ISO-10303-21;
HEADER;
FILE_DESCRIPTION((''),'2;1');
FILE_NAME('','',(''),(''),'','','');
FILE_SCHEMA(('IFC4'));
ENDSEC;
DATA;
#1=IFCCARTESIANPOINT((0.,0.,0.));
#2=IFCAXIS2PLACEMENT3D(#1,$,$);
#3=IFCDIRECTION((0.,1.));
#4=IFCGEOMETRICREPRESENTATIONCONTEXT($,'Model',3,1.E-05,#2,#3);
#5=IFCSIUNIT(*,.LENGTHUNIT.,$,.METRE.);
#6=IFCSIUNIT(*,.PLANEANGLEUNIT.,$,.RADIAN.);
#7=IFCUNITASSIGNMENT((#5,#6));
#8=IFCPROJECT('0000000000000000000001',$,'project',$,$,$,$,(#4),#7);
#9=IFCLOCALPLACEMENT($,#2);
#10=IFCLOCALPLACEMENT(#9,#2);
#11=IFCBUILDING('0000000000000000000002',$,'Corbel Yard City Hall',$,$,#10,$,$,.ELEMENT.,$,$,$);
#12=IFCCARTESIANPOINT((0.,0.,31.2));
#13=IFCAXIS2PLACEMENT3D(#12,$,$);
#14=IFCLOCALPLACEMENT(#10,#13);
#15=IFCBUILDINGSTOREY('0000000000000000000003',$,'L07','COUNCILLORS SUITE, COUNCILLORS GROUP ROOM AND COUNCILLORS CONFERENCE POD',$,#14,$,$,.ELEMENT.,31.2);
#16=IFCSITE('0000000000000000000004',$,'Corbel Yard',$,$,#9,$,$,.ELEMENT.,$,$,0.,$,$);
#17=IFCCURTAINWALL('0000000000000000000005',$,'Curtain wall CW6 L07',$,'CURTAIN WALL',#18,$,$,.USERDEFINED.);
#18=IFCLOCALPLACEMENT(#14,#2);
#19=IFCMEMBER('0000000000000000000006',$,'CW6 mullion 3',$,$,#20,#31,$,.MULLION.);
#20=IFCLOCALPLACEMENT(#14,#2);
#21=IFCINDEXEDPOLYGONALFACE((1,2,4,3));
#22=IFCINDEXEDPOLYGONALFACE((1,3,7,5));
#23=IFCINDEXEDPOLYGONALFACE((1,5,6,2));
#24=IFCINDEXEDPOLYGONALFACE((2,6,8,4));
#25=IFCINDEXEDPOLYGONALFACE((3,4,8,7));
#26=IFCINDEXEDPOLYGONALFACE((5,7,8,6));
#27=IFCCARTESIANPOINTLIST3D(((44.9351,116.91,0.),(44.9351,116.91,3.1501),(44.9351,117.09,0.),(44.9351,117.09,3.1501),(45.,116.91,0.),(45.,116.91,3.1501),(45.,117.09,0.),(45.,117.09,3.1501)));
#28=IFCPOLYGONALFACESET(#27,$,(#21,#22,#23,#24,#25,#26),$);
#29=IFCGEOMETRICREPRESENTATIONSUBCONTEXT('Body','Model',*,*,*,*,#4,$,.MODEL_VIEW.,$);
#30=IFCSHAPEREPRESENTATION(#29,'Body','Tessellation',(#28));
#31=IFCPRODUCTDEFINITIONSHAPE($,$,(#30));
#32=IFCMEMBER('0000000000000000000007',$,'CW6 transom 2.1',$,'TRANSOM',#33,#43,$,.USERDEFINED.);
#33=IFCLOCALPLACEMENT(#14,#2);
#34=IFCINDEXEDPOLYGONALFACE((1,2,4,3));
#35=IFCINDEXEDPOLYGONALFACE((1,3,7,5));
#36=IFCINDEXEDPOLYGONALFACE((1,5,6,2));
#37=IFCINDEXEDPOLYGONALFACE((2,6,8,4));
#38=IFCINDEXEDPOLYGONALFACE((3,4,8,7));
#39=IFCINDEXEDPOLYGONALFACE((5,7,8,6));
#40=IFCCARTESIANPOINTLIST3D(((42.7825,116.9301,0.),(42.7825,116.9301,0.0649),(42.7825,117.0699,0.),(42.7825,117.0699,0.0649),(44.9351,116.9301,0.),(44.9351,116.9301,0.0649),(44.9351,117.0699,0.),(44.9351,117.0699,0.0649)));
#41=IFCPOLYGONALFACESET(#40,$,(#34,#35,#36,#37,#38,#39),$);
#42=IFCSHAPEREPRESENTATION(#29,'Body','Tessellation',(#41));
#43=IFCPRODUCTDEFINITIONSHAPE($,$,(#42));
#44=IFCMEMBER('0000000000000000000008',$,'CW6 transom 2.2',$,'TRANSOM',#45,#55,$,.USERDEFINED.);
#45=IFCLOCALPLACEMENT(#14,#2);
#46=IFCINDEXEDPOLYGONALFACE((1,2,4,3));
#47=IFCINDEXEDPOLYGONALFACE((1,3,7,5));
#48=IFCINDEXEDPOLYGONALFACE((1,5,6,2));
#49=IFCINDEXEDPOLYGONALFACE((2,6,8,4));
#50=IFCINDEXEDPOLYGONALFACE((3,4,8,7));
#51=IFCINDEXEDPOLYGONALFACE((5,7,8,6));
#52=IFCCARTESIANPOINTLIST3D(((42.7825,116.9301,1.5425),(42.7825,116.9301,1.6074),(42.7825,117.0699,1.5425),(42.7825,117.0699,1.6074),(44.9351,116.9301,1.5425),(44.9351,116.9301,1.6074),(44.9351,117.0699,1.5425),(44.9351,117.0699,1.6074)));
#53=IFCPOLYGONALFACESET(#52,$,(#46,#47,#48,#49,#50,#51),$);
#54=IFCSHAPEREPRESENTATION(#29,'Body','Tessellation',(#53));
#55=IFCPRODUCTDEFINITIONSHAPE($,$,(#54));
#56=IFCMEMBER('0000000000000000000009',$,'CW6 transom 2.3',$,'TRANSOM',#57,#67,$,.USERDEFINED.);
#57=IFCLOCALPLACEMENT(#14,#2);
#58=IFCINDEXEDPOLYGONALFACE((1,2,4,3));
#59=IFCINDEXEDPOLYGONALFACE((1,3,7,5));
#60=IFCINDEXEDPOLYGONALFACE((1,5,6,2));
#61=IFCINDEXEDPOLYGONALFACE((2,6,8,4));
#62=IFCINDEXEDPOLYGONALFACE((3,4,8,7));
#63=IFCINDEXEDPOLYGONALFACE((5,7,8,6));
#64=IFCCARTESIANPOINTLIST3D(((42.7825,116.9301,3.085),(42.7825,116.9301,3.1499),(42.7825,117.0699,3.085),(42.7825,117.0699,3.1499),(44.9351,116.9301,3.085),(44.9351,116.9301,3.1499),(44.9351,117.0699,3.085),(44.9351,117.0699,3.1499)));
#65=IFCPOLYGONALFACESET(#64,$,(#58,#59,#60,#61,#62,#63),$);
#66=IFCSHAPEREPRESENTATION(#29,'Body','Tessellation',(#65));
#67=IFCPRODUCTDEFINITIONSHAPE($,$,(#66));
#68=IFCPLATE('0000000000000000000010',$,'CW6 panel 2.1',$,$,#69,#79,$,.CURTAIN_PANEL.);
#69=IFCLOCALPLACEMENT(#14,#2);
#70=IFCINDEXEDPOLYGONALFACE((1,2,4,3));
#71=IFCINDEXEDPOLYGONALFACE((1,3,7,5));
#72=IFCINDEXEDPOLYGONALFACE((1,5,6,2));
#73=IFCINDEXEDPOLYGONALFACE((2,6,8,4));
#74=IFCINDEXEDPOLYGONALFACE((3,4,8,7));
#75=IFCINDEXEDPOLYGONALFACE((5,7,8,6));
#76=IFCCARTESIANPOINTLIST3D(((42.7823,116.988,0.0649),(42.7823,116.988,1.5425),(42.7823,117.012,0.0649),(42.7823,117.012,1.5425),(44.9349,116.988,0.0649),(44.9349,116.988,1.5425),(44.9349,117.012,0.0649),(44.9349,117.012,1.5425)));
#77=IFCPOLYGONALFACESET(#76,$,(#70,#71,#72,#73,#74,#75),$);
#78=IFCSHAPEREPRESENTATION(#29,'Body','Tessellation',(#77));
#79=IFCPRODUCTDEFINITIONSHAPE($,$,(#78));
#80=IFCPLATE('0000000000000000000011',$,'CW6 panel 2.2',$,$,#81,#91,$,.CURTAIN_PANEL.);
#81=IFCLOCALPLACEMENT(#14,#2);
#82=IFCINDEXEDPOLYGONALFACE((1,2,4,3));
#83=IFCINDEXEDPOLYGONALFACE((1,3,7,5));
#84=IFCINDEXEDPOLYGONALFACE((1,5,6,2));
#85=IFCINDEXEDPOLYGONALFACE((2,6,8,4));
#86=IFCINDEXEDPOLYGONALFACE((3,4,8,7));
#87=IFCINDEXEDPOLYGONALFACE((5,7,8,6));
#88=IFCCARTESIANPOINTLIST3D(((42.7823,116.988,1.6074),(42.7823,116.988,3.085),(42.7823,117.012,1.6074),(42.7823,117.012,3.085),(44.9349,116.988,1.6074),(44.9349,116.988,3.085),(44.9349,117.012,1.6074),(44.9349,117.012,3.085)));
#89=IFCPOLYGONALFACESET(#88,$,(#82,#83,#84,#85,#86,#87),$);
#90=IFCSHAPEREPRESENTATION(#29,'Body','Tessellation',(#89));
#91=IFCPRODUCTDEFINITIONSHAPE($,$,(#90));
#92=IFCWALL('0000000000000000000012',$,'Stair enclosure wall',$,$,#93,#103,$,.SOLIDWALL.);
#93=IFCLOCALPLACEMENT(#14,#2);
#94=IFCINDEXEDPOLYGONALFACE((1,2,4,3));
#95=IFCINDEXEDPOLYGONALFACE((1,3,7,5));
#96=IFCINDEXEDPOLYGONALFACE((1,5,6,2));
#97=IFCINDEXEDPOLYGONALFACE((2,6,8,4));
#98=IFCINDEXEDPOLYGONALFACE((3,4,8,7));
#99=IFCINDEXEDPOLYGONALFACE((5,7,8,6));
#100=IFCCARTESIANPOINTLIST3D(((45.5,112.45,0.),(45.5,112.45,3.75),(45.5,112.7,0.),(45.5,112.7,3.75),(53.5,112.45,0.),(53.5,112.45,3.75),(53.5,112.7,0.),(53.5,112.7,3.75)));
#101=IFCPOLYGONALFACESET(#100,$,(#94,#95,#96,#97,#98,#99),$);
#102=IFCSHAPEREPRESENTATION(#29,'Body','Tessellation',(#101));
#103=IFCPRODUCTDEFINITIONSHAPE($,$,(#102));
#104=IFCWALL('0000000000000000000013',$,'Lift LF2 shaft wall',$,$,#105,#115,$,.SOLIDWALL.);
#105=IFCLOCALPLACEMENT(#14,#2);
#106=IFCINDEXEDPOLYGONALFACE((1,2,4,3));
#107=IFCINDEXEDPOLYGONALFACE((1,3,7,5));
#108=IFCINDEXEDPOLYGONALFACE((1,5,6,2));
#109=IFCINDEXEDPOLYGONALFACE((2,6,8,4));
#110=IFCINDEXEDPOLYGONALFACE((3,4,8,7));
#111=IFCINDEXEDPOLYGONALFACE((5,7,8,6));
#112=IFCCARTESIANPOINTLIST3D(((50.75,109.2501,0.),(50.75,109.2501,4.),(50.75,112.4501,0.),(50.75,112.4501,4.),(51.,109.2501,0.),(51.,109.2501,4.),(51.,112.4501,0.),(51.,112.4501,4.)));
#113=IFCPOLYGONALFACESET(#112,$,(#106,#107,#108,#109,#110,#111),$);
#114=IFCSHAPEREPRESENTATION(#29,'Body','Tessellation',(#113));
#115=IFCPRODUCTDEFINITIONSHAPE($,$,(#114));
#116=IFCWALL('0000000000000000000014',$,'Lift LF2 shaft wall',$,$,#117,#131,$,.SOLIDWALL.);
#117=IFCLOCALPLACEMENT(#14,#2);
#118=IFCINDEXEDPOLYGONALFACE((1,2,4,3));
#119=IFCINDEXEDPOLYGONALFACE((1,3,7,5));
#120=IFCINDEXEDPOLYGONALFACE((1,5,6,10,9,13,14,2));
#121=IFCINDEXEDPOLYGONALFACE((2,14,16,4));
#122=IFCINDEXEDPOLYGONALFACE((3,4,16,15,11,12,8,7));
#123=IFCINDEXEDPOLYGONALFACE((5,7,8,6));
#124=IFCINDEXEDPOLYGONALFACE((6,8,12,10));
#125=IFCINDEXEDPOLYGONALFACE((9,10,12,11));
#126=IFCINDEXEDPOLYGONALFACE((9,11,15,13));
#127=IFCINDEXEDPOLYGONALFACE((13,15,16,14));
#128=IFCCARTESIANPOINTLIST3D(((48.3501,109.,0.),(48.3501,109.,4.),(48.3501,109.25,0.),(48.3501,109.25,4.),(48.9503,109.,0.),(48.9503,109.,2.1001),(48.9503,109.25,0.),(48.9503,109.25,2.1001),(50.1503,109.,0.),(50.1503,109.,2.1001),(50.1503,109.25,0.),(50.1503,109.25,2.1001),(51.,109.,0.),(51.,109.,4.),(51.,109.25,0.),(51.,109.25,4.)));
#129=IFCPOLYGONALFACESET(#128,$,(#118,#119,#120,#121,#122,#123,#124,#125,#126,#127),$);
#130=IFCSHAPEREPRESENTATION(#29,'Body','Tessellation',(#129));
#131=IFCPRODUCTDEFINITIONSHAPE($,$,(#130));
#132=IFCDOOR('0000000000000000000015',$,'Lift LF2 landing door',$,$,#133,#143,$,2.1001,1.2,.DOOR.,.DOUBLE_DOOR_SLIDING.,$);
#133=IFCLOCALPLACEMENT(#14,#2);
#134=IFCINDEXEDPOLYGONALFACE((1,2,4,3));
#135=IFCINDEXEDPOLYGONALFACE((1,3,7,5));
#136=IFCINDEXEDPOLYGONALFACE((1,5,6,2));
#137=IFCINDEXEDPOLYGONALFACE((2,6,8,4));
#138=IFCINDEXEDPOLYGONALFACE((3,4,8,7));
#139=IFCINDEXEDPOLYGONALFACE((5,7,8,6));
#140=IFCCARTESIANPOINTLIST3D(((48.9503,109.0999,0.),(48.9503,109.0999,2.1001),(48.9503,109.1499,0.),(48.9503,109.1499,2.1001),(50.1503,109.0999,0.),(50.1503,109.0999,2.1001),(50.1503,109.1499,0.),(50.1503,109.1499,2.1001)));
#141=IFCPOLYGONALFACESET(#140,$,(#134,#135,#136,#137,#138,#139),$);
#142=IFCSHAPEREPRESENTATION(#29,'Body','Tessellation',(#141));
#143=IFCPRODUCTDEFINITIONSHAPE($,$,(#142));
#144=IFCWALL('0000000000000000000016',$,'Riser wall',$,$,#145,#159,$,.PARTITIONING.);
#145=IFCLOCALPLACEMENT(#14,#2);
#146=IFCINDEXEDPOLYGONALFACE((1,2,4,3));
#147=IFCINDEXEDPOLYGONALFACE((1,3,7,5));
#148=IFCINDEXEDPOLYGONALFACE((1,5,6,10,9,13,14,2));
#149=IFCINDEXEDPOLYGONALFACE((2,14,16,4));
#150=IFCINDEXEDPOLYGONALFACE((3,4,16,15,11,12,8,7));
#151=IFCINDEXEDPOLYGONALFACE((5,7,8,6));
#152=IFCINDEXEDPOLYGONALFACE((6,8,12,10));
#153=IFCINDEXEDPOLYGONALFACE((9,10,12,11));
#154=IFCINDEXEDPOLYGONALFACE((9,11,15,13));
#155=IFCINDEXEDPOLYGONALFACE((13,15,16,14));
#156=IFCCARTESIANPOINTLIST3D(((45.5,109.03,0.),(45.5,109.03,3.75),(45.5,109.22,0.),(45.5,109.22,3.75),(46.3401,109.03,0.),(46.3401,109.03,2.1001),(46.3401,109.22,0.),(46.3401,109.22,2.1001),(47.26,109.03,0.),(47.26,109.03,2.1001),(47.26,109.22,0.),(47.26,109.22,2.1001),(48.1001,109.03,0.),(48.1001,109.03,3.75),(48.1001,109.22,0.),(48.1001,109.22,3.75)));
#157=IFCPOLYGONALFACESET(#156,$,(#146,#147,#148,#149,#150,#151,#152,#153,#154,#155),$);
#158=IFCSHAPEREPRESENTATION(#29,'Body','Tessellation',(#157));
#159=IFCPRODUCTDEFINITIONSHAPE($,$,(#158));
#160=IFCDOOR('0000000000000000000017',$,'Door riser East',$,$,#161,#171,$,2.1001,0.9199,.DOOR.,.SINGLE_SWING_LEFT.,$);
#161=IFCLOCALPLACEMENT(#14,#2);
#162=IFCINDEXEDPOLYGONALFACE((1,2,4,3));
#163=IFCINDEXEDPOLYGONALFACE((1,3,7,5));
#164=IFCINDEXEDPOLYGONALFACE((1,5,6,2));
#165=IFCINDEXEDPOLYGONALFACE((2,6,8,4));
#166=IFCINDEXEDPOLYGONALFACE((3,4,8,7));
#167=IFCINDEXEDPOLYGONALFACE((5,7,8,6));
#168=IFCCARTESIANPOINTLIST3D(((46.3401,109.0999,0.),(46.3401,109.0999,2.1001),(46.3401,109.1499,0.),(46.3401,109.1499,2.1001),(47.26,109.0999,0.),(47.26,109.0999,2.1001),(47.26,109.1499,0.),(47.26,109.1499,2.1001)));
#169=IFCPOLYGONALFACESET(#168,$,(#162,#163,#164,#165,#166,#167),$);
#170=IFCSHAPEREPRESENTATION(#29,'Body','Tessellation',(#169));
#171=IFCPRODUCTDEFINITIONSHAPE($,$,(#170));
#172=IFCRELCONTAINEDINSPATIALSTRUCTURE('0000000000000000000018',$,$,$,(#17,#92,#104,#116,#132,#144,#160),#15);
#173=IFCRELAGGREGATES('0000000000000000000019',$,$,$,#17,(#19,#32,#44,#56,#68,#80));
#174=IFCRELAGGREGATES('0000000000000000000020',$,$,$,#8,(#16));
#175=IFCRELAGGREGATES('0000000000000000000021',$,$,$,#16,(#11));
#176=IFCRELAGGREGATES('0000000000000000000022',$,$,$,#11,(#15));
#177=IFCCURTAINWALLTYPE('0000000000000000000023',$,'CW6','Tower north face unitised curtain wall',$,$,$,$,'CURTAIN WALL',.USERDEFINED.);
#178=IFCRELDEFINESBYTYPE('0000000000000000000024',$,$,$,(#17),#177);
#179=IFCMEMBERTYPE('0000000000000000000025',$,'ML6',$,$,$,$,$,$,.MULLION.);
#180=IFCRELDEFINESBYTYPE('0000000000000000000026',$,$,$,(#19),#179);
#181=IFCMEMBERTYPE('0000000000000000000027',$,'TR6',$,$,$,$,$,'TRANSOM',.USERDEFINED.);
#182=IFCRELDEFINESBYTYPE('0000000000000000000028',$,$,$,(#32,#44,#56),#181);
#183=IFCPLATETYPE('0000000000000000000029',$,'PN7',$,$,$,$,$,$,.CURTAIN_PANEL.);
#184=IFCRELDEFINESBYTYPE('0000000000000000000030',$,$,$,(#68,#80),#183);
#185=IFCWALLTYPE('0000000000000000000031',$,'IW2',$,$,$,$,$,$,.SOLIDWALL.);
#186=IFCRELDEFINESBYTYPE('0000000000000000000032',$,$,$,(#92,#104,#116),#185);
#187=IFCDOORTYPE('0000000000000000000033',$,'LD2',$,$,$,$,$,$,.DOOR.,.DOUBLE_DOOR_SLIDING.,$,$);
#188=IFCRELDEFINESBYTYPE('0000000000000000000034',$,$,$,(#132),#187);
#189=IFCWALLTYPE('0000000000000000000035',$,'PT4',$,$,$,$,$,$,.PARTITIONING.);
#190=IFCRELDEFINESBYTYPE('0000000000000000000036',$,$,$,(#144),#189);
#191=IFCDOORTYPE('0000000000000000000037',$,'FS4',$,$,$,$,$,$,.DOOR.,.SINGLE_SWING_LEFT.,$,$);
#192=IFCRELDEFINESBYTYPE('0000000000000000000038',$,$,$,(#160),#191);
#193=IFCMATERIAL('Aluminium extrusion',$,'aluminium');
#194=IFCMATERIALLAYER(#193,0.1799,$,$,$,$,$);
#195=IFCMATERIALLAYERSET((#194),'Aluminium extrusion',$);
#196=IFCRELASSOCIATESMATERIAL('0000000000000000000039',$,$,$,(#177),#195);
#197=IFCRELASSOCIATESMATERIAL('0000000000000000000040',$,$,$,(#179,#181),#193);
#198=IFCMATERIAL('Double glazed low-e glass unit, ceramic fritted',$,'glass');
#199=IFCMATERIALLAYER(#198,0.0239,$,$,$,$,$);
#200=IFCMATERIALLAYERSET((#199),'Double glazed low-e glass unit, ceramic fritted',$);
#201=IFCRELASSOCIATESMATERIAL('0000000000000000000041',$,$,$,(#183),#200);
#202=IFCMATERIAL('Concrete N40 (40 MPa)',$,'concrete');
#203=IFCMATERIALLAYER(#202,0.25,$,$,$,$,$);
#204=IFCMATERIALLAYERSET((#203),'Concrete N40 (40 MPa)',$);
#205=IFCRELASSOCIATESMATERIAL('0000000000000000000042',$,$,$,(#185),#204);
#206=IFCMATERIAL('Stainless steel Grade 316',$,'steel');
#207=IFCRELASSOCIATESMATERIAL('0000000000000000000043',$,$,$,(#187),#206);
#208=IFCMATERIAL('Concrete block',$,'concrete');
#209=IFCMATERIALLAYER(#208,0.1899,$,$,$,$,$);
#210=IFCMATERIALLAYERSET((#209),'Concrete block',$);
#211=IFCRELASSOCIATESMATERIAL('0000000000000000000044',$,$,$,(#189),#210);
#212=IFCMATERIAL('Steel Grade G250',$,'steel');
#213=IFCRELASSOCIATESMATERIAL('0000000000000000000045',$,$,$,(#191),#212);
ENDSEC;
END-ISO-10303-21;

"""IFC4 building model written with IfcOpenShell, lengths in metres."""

from ifc_helpers import new_model, si_unit, direction, frame, frame_2d, origin, origin_2d, place, context, subcontext, project, spatial, rectangle, extrude, material, layer, layer_set, material_profile, profile_set, type_object, element, fill, aggregate, save


model = new_model("IFC4")

# Units and contexts
model_context = context("Model", 3, precision=1e-05, world=origin(), true_north=direction((0.0, 1.0)))
body_context = subcontext(model_context, "Body", "Model", "MODEL_VIEW")
ifc_project = project(units=[si_unit("LENGTHUNIT", "METRE"), si_unit("PLANEANGLEUNIT", "RADIAN")], contexts=[model_context])

# Site, building, storey
site_placement = place(None, origin())
site = spatial("IfcSite", under=ifc_project, at=site_placement, Name="Corbel Yard", CompositionType="ELEMENT", RefElevation=0.0)
building_placement = place(site_placement, origin())
building = spatial("IfcBuilding", under=site, at=building_placement, Name="Corbel Yard City Hall", CompositionType="ELEMENT")
storey_placement = place(building_placement, frame((0.0, 0.0, 31.2)))
storey = spatial("IfcBuildingStorey", under=building, at=storey_placement, Name="L07", Description="COUNCILLORS SUITE, COUNCILLORS GROUP ROOM AND COUNCILLORS CONFERENCE POD", CompositionType="ELEMENT", Elevation=31.2)

# Curtain wall, members, plates
ifc_material_1 = material(Name="Aluminium extrusion", Category="aluminium")
ifc_layer_1 = layer(ifc_material_1, 0.1799)
ifc_layer_set_1 = layer_set([ifc_layer_1], Name="Aluminium extrusion")
curtain_wall_type = type_object("IfcCurtainWallType", Name="CW6", Description="Tower north face unitised curtain wall", ElementType="CURTAIN WALL", PredefinedType="USERDEFINED", material=ifc_layer_set_1)
curtain_wall_placement = place(storey_placement, origin())
curtain_wall = element("IfcCurtainWall", 1, at=curtain_wall_placement, inside=storey, type_object=curtain_wall_type, Name="Curtain wall CW6 L07", ObjectType="CURTAIN WALL", PredefinedType="USERDEFINED")
ifc_material_profile_1 = material_profile(ifc_material_1, rectangle(XDim=0.1799, YDim=0.0649, at=origin_2d()), Name="180x65")
ifc_profile_set_1 = profile_set([ifc_material_profile_1], Name="Aluminium extrusion")
member_type_1 = type_object("IfcMemberType", Name="ML6", PredefinedType="MULLION", material=ifc_profile_set_1)
member_1_placement = place(storey_placement, frame((44.9675, 117.0, 0.0), z_axis=(0.0, 0.0, 1.0), x_axis=(0.0, 1.0, 0.0)))
member_1 = element("IfcMember", 2, at=member_1_placement, type_object=member_type_1, Name="CW6 mullion 3", PredefinedType="MULLION", context=body_context, shape_type="SweptSolid", body=[
    extrude(rectangle(XDim=0.1799, YDim=0.0649, at=origin_2d()), origin(), (0.0, 0.0, 1.0), 3.1501),
])
ifc_material_profile_2 = material_profile(ifc_material_1, rectangle(XDim=0.1399, YDim=0.0649, at=origin_2d()), Name="140x65")
ifc_profile_set_2 = profile_set([ifc_material_profile_2], Name="Aluminium extrusion")
member_type_2 = type_object("IfcMemberType", Name="TR6", ElementType="TRANSOM", PredefinedType="USERDEFINED", material=ifc_profile_set_2)
member_2_placement = place(storey_placement, frame((42.7825, 117.0, 0.0325), z_axis=(1.0, 0.0, 0.0), x_axis=(0.0, 1.0, 0.0)))
member_2 = element("IfcMember", 3, at=member_2_placement, type_object=member_type_2, Name="CW6 transom 2.1", ObjectType="TRANSOM", PredefinedType="USERDEFINED", context=body_context, shape_type="SweptSolid", body=[
    extrude(rectangle(XDim=0.1399, YDim=0.0649, at=origin_2d()), origin(), (0.0, 0.0, 1.0), 2.1526),
])
member_3_placement = place(storey_placement, frame((42.7825, 117.0, 1.575), z_axis=(1.0, 0.0, 0.0), x_axis=(0.0, 1.0, 0.0)))
member_3 = element("IfcMember", 4, at=member_3_placement, type_object=member_type_2, Name="CW6 transom 2.2", ObjectType="TRANSOM", PredefinedType="USERDEFINED", context=body_context, shape_type="SweptSolid", body=[
    extrude(rectangle(XDim=0.1399, YDim=0.0649, at=origin_2d()), origin(), (0.0, 0.0, 1.0), 2.1526),
])
member_4_placement = place(storey_placement, frame((42.7825, 117.0, 3.1174), z_axis=(1.0, 0.0, 0.0), x_axis=(0.0, 1.0, 0.0)))
member_4 = element("IfcMember", 5, at=member_4_placement, type_object=member_type_2, Name="CW6 transom 2.3", ObjectType="TRANSOM", PredefinedType="USERDEFINED", context=body_context, shape_type="SweptSolid", body=[
    extrude(rectangle(XDim=0.1399, YDim=0.0649, at=origin_2d()), origin(), (0.0, 0.0, 1.0), 2.1526),
])
ifc_material_2 = material(Name="Double glazed low-e glass unit, ceramic fritted", Category="glass")
ifc_layer_2 = layer(ifc_material_2, 0.0239)
ifc_layer_set_2 = layer_set([ifc_layer_2], Name="Double glazed low-e glass unit, ceramic fritted")
plate_type = type_object("IfcPlateType", Name="PN7", PredefinedType="CURTAIN_PANEL", material=ifc_layer_set_2)
plate_1_placement = place(storey_placement, frame((43.8586, 117.0, 0.0649), z_axis=(0.0, 0.0, 1.0), x_axis=(1.0, 0.0, 0.0)))
plate_1 = element("IfcPlate", 6, at=plate_1_placement, type_object=plate_type, Name="CW6 panel 2.1", PredefinedType="CURTAIN_PANEL", context=body_context, shape_type="SweptSolid", body=[
    extrude(rectangle(XDim=2.1526, YDim=0.0239, at=origin_2d()), origin(), (0.0, 0.0, 1.0), 1.4775),
])
plate_2_placement = place(storey_placement, frame((43.8586, 117.0, 1.6074), z_axis=(0.0, 0.0, 1.0), x_axis=(1.0, 0.0, 0.0)))
plate_2 = element("IfcPlate", 7, at=plate_2_placement, type_object=plate_type, Name="CW6 panel 2.2", PredefinedType="CURTAIN_PANEL", context=body_context, shape_type="SweptSolid", body=[
    extrude(rectangle(XDim=2.1526, YDim=0.0239, at=origin_2d()), origin(), (0.0, 0.0, 1.0), 1.4775),
])
aggregate(curtain_wall, [member_1, member_2, member_3, member_4, plate_1, plate_2])

# Walls
ifc_material_3 = material(Name="Concrete N40 (40 MPa)", Category="concrete")
ifc_layer_3 = layer(ifc_material_3, 0.25)
ifc_layer_set_3 = layer_set([ifc_layer_3], Name="Concrete N40 (40 MPa)")
wall_type_1 = type_object("IfcWallType", Name="IW2", PredefinedType="SOLIDWALL", material=ifc_layer_set_3)
wall_1_placement = place(storey_placement, frame((45.5, 112.575, 0.0), z_axis=(0.0, 0.0, 1.0), x_axis=(1.0, 0.0, 0.0)))
element("IfcWall", 8, at=wall_1_placement, inside=storey, type_object=wall_type_1, Name="Stair enclosure wall", PredefinedType="SOLIDWALL", context=body_context, shape_type="SweptSolid", body=[
    extrude(rectangle(XDim=8.0, YDim=0.25, at=frame_2d((4.0, 0.0))), origin(), (0.0, 0.0, 1.0), 3.75),
])
wall_2_placement = place(storey_placement, frame((50.875, 109.25, 0.0), z_axis=(0.0, 0.0, 1.0), x_axis=(0.0, 1.0, 0.0)))
element("IfcWall", 9, at=wall_2_placement, inside=storey, type_object=wall_type_1, Name="Lift LF2 shaft wall", PredefinedType="SOLIDWALL", context=body_context, shape_type="SweptSolid", body=[
    extrude(rectangle(XDim=3.2, YDim=0.25, at=frame_2d((1.6001, 0.0))), origin(), (0.0, 0.0, 1.0), 4.0),
])

# Walls, openings, doors
wall_3_placement = place(storey_placement, frame((48.3501, 109.125, 0.0), z_axis=(0.0, 0.0, 1.0), x_axis=(1.0, 0.0, 0.0)))
wall_3 = element("IfcWall", 10, at=wall_3_placement, inside=storey, type_object=wall_type_1, Name="Lift LF2 shaft wall", PredefinedType="SOLIDWALL", context=body_context, shape_type="SweptSolid", body=[
    extrude(rectangle(XDim=2.6499, YDim=0.25, at=frame_2d((1.325, 0.0))), origin(), (0.0, 0.0, 1.0), 4.0),
])
opening_1_placement = place(wall_3_placement, frame((0.6001, 0.0, 0.0)))
opening_1 = element("IfcOpeningElement", 11, at=opening_1_placement, cuts=wall_3, PredefinedType="OPENING", context=body_context, shape_type="SweptSolid", body=[
    extrude(rectangle(XDim=1.2, YDim=2.1001, at=frame_2d((0.6001, 1.05))), frame((0.0, 0.135, 0.0), z_axis=(0.0, -1.0, 0.0), x_axis=(1.0, 0.0, 0.0)), (0.0, 0.0, 1.0), 0.27),
])
ifc_material_4 = material(Name="Stainless steel Grade 316", Category="steel")
door_type_1 = type_object("IfcDoorType", Name="LD2", OperationType="DOUBLE_DOOR_SLIDING", PredefinedType="DOOR", material=ifc_material_4)
door_1_placement = place(opening_1_placement, origin())
door_1 = element("IfcDoor", 12, at=door_1_placement, inside=storey, type_object=door_type_1, Name="Lift LF2 landing door", OperationType="DOUBLE_DOOR_SLIDING", OverallHeight=2.1001, OverallWidth=1.2, PredefinedType="DOOR", context=body_context, shape_type="SweptSolid", body=[
    extrude(rectangle(XDim=1.2, YDim=2.1001, at=frame_2d((0.6001, 1.05))), frame((0.0, 0.0249, 0.0), z_axis=(0.0, -1.0, 0.0), x_axis=(1.0, 0.0, 0.0)), (0.0, 0.0, 1.0), 0.05),
])
fill(opening_1, door_1)
ifc_material_5 = material(Name="Concrete block", Category="concrete")
ifc_layer_4 = layer(ifc_material_5, 0.1899)
ifc_layer_set_4 = layer_set([ifc_layer_4], Name="Concrete block")
wall_type_2 = type_object("IfcWallType", Name="PT4", PredefinedType="PARTITIONING", material=ifc_layer_set_4)
wall_4_placement = place(storey_placement, frame((45.5, 109.125, 0.0), z_axis=(0.0, 0.0, 1.0), x_axis=(1.0, 0.0, 0.0)))
wall_4 = element("IfcWall", 13, at=wall_4_placement, inside=storey, type_object=wall_type_2, Name="Riser wall", PredefinedType="PARTITIONING", context=body_context, shape_type="SweptSolid", body=[
    extrude(rectangle(XDim=2.6001, YDim=0.1899, at=frame_2d((1.3, 0.0))), origin(), (0.0, 0.0, 1.0), 3.75),
])
opening_2_placement = place(wall_4_placement, frame((0.8401, 0.0, 0.0)))
opening_2 = element("IfcOpeningElement", 14, at=opening_2_placement, cuts=wall_4, PredefinedType="OPENING", context=body_context, shape_type="SweptSolid", body=[
    extrude(rectangle(XDim=0.9199, YDim=2.1001, at=frame_2d((0.46, 1.05))), frame((0.0, 0.105, 0.0), z_axis=(0.0, -1.0, 0.0), x_axis=(1.0, 0.0, 0.0)), (0.0, 0.0, 1.0), 0.21),
])
ifc_material_6 = material(Name="Steel Grade G250", Category="steel")
door_type_2 = type_object("IfcDoorType", Name="FS4", OperationType="SINGLE_SWING_LEFT", PredefinedType="DOOR", material=ifc_material_6)
door_2_placement = place(opening_2_placement, origin())
door_2 = element("IfcDoor", 15, at=door_2_placement, inside=storey, type_object=door_type_2, Name="Door riser East", OperationType="SINGLE_SWING_LEFT", OverallHeight=2.1001, OverallWidth=0.9199, PredefinedType="DOOR", context=body_context, shape_type="SweptSolid", body=[
    extrude(rectangle(XDim=0.9199, YDim=2.1001, at=frame_2d((0.46, 1.05))), frame((0.0, 0.0249, 0.0), z_axis=(0.0, -1.0, 0.0), x_axis=(1.0, 0.0, 0.0)), (0.0, 0.0, 1.0), 0.05),
])
fill(opening_2, door_2)

save(model, "model.ifc")
